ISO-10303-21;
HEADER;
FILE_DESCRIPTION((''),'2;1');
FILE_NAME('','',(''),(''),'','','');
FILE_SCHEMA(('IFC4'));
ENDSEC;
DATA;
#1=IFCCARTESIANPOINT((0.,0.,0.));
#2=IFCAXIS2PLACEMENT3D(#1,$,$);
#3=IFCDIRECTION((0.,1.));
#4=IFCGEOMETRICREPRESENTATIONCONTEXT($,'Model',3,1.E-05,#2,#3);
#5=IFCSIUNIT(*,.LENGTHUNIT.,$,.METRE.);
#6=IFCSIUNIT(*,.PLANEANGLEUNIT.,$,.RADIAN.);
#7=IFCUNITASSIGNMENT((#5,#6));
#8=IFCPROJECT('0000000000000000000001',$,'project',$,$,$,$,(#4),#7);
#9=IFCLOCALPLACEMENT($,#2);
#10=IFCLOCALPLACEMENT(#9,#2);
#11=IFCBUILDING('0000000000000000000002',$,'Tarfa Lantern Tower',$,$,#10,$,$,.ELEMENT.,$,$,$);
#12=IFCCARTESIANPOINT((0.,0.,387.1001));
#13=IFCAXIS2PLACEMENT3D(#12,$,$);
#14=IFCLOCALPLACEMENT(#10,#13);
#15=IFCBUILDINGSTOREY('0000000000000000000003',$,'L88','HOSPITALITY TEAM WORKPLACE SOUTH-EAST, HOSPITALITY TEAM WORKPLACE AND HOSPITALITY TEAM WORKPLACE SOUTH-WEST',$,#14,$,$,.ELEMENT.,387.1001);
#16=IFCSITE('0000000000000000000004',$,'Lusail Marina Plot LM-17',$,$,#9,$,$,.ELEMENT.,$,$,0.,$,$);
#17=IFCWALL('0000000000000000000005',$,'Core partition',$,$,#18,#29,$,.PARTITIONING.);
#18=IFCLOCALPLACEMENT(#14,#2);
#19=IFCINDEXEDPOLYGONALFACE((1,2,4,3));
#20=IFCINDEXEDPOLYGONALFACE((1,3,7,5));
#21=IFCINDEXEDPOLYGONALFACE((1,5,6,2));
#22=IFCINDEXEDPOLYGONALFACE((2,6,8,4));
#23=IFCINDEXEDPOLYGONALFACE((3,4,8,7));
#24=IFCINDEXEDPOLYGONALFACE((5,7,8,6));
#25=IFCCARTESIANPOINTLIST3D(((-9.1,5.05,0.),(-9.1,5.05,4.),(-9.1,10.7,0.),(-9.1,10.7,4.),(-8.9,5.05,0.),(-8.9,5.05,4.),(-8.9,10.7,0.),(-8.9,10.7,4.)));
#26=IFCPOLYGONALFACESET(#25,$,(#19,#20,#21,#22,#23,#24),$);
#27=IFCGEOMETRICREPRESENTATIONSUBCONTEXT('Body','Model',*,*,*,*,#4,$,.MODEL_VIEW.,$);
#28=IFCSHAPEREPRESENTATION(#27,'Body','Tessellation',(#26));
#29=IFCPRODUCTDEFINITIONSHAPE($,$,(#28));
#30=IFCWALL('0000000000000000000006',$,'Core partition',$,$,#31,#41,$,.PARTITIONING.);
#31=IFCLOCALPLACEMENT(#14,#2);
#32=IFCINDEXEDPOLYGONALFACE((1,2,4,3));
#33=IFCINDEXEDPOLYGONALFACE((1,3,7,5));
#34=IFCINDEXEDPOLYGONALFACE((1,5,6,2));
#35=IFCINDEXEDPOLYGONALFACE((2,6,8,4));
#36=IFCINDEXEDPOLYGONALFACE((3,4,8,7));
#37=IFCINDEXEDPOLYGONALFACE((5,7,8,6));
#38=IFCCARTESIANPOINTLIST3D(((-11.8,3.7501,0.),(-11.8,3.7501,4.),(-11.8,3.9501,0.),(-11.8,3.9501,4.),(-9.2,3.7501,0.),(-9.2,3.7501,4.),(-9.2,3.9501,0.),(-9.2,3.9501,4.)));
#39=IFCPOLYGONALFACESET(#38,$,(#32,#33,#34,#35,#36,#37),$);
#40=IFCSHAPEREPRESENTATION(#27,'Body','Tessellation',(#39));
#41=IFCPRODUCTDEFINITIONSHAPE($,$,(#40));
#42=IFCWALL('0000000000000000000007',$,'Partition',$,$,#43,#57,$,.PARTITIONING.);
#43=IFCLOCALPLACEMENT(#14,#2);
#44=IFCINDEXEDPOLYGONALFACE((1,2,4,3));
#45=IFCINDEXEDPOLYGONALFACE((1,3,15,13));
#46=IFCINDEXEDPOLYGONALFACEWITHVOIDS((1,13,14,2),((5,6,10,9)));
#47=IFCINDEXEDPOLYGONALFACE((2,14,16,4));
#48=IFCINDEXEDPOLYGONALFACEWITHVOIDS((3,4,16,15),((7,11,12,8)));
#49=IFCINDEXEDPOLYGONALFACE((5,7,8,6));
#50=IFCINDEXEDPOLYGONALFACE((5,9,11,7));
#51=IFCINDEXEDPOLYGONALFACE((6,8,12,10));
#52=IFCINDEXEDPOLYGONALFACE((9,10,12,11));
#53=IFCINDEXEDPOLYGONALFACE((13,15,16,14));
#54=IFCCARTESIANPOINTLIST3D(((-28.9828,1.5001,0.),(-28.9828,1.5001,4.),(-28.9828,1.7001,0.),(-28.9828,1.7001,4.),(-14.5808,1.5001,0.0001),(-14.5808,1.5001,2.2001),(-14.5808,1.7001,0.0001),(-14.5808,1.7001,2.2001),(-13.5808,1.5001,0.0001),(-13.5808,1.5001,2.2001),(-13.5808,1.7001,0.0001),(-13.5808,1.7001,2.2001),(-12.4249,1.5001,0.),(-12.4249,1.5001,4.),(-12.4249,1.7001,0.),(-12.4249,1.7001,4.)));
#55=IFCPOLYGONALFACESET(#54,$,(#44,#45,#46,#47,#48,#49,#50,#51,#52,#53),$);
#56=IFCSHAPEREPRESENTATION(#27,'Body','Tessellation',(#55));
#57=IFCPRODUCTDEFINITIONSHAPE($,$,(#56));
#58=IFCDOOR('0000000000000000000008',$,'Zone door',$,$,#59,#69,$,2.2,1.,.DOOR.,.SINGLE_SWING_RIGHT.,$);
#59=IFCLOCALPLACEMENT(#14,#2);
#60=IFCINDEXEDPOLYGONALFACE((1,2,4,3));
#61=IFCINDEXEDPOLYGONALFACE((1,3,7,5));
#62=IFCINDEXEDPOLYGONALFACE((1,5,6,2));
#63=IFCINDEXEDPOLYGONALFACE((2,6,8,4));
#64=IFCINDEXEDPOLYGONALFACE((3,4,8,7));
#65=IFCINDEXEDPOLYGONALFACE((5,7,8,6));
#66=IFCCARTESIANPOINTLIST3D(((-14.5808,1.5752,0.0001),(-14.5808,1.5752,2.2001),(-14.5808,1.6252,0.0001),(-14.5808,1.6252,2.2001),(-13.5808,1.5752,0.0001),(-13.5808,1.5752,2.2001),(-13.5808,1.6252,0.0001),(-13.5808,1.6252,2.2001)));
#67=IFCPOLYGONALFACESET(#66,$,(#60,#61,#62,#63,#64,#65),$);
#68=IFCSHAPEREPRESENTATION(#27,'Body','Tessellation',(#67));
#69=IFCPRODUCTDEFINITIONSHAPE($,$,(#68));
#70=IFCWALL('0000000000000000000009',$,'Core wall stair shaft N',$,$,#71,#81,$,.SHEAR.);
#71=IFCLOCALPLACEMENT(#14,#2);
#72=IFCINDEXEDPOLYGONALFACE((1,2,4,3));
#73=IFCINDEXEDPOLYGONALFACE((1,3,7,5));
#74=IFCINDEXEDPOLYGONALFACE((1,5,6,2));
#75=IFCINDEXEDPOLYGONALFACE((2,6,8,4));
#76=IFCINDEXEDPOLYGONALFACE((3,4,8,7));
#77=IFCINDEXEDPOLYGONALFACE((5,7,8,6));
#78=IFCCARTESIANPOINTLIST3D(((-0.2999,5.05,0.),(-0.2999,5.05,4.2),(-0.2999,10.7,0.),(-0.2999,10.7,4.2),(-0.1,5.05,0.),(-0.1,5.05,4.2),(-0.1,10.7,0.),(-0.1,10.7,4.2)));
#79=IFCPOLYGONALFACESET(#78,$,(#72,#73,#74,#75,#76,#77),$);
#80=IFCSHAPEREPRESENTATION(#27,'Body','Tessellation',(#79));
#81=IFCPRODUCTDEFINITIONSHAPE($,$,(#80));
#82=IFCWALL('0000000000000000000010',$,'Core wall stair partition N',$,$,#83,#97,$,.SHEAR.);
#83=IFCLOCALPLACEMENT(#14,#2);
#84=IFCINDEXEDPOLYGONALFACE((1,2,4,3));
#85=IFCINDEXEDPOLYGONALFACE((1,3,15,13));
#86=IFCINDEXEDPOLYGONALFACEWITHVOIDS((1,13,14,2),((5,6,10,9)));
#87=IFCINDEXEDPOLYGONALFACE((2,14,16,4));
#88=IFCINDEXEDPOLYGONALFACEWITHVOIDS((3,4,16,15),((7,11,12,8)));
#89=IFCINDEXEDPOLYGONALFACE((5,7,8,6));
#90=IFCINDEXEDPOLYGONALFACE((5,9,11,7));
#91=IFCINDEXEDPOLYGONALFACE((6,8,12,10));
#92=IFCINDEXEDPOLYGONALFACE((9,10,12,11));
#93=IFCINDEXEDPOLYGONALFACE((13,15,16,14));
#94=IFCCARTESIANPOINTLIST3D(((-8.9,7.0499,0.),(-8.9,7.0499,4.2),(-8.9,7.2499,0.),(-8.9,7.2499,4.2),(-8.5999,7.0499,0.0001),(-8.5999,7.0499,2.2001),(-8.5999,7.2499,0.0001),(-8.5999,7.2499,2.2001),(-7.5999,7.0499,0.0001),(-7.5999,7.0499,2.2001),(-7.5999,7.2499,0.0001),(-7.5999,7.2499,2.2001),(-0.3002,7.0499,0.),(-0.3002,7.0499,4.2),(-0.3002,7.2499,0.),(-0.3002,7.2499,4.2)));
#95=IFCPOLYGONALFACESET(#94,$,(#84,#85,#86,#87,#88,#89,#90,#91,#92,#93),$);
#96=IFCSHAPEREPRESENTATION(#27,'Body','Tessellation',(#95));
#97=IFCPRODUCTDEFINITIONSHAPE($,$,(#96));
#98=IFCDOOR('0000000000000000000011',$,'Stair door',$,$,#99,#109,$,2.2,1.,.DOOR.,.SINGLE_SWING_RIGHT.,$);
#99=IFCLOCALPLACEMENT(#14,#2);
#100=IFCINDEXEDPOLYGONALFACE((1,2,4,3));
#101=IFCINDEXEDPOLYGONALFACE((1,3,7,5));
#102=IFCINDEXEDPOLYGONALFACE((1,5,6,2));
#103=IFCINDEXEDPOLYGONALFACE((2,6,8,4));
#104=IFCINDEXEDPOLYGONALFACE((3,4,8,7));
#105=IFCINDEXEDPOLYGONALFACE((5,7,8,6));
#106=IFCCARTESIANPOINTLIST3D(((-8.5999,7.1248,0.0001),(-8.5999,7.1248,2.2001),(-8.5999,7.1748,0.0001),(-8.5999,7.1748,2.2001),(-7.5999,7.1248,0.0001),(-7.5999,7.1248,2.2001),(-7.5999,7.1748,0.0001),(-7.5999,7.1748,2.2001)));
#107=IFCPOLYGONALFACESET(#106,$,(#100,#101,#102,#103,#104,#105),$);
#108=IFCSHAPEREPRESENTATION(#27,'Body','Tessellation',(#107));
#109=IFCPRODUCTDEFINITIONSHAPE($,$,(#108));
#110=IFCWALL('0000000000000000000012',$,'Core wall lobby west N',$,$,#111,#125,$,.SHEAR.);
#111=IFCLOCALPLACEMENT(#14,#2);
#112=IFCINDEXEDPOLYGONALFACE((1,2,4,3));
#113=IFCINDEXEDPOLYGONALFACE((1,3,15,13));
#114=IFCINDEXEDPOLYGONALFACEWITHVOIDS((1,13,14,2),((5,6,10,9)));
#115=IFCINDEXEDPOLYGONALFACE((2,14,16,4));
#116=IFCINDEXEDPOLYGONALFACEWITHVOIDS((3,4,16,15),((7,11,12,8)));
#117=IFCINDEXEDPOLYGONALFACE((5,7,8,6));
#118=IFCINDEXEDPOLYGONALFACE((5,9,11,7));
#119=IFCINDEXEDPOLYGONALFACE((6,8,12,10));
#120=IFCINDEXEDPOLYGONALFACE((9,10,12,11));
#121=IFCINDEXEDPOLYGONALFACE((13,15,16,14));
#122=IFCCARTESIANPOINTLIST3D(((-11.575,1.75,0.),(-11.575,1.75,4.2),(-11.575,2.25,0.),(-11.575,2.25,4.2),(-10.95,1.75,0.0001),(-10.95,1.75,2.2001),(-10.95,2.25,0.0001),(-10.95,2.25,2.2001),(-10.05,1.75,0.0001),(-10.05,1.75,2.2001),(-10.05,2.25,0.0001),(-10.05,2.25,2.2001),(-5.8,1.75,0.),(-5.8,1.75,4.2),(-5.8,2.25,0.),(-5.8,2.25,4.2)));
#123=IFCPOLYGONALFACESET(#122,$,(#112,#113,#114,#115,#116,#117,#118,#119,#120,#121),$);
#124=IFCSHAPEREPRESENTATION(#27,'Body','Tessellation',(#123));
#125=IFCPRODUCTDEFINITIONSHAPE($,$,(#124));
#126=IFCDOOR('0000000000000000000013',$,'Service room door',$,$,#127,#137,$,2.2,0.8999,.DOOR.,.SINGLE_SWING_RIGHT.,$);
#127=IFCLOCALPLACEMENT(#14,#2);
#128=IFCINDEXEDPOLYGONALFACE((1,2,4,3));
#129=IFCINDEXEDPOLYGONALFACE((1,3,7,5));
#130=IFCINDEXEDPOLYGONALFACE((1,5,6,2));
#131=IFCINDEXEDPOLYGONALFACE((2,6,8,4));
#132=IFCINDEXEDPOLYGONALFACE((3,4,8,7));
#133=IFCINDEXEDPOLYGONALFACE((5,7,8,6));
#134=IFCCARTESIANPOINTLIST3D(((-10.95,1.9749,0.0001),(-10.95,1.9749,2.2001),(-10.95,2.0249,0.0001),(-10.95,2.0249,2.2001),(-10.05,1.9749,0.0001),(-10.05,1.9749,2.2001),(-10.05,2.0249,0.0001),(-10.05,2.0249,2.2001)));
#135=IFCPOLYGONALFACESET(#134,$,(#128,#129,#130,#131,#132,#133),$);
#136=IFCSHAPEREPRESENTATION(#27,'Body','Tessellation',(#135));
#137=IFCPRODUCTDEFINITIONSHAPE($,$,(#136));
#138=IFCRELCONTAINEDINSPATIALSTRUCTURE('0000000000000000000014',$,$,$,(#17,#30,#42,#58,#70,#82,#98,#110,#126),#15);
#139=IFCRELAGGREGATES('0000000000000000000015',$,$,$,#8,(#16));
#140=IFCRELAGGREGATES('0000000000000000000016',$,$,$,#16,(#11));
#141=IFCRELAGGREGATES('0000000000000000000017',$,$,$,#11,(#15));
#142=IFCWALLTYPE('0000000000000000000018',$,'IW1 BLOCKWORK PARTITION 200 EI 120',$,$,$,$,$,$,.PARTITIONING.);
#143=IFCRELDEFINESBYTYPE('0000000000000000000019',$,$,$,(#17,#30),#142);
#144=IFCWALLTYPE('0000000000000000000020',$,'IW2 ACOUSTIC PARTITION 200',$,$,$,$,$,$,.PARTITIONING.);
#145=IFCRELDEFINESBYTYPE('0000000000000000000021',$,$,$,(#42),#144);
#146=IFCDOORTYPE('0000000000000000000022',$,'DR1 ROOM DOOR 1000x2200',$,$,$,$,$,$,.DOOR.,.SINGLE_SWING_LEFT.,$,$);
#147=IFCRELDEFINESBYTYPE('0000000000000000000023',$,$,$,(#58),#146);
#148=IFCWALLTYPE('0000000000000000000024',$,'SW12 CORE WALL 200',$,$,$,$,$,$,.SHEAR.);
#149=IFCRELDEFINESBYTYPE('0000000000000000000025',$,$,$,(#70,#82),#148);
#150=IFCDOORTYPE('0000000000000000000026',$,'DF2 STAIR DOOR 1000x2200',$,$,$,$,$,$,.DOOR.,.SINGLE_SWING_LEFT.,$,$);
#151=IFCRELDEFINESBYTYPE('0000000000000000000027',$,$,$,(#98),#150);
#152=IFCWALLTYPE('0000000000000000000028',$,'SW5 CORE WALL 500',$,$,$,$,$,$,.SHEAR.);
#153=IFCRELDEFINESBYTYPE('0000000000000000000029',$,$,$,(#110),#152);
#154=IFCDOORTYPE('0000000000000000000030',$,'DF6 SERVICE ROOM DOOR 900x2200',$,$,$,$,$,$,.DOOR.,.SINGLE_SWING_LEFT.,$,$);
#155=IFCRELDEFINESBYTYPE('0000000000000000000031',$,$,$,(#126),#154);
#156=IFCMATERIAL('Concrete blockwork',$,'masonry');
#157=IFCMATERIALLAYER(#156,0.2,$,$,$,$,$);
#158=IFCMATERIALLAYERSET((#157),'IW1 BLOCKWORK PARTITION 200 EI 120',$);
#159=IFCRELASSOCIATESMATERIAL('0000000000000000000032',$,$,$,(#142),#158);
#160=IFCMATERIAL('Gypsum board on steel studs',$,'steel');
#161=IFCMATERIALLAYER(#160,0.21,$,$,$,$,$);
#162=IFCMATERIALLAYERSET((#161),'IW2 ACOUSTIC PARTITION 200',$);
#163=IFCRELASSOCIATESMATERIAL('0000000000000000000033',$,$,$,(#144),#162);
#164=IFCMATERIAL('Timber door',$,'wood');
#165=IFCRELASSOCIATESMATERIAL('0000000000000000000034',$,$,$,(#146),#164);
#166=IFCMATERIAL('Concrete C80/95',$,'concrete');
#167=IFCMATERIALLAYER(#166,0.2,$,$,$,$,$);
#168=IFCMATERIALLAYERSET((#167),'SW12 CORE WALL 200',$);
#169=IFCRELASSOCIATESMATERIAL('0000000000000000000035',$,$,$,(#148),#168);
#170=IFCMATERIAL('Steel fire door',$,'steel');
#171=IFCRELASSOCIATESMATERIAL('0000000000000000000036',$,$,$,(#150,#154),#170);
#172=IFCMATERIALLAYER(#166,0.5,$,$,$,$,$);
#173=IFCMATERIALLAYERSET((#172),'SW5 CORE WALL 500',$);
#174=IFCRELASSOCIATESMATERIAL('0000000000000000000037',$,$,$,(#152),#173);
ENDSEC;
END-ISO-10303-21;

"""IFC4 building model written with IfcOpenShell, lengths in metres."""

from ifc_helpers import new_model, si_unit, direction, frame, frame_2d, origin, place, context, subcontext, project, spatial, rectangle, extrude, material, layer, layer_set, type_object, element, fill, save


model = new_model("IFC4")

# Units and contexts
model_context = context("Model", 3, precision=1e-05, world=origin(), true_north=direction((0.0, 1.0)))
body_context = subcontext(model_context, "Body", "Model", "MODEL_VIEW")
ifc_project = project(units=[si_unit("LENGTHUNIT", "METRE"), si_unit("PLANEANGLEUNIT", "RADIAN")], contexts=[model_context])

# Site, building, storey
site_placement = place(None, origin())
site = spatial("IfcSite", under=ifc_project, at=site_placement, Name="Lusail Marina Plot LM-17", CompositionType="ELEMENT", RefElevation=0.0)
building_placement = place(site_placement, origin())
building = spatial("IfcBuilding", under=site, at=building_placement, Name="Tarfa Lantern Tower", CompositionType="ELEMENT")
storey_placement = place(building_placement, frame((0.0, 0.0, 387.1001)))
storey = spatial("IfcBuildingStorey", under=building, at=storey_placement, Name="L88", Description="HOSPITALITY TEAM WORKPLACE SOUTH-EAST, HOSPITALITY TEAM WORKPLACE AND HOSPITALITY TEAM WORKPLACE SOUTH-WEST", CompositionType="ELEMENT", Elevation=387.1001)

# Walls
ifc_material_1 = material(Name="Concrete blockwork", Category="masonry")
ifc_layer_1 = layer(ifc_material_1, 0.2)
ifc_layer_set_1 = layer_set([ifc_layer_1], Name="IW1 BLOCKWORK PARTITION 200 EI 120")
wall_type_1 = type_object("IfcWallType", Name="IW1 BLOCKWORK PARTITION 200 EI 120", PredefinedType="PARTITIONING", material=ifc_layer_set_1)
wall_1_placement = place(storey_placement, frame((-9.0, 5.05, 0.0), z_axis=(0.0, 0.0, 1.0), x_axis=(0.0, 1.0, 0.0)))
element("IfcWall", 1, at=wall_1_placement, inside=storey, type_object=wall_type_1, Name="Core partition", PredefinedType="PARTITIONING", context=body_context, shape_type="SweptSolid", body=[
    extrude(rectangle(XDim=5.6499, YDim=0.2, at=frame_2d((2.825, 0.0))), origin(), (0.0, 0.0, 1.0), 4.0),
])
wall_2_placement = place(storey_placement, frame((-11.8, 3.8501, 0.0), z_axis=(0.0, 0.0, 1.0), x_axis=(1.0, 0.0, 0.0)))
element("IfcWall", 2, at=wall_2_placement, inside=storey, type_object=wall_type_1, Name="Core partition", PredefinedType="PARTITIONING", context=body_context, shape_type="SweptSolid", body=[
    extrude(rectangle(XDim=2.6001, YDim=0.2, at=frame_2d((1.3, 0.0))), origin(), (0.0, 0.0, 1.0), 4.0),
])

# Wall, opening, door
ifc_material_2 = material(Name="Gypsum board on steel studs", Category="steel")
ifc_layer_2 = layer(ifc_material_2, 0.21)
ifc_layer_set_2 = layer_set([ifc_layer_2], Name="IW2 ACOUSTIC PARTITION 200")
wall_type_2 = type_object("IfcWallType", Name="IW2 ACOUSTIC PARTITION 200", PredefinedType="PARTITIONING", material=ifc_layer_set_2)
wall_3_placement = place(storey_placement, frame((-12.425, 1.6001, 0.0), z_axis=(0.0, 0.0, 1.0), x_axis=(-1.0, 0.0, 0.0)))
wall_3 = element("IfcWall", 3, at=wall_3_placement, inside=storey, type_object=wall_type_2, Name="Partition", PredefinedType="PARTITIONING", context=body_context, shape_type="SweptSolid", body=[
    extrude(rectangle(XDim=16.5579, YDim=0.2, at=frame_2d((8.2788, 0.0))), origin(), (0.0, 0.0, 1.0), 4.0),
])
opening_1_placement = place(wall_3_placement, frame((1.1558, 0.0, 0.0)))
opening_1 = element("IfcOpeningElement", 4, at=opening_1_placement, cuts=wall_3, PredefinedType="OPENING", context=body_context, shape_type="SweptSolid", body=[
    extrude(rectangle(XDim=1.0, YDim=2.2, at=frame_2d((0.5, 1.1001))), frame((0.0, 0.1099, 0.0), z_axis=(0.0, -1.0, 0.0), x_axis=(1.0, 0.0, 0.0)), (0.0, 0.0, 1.0), 0.22),
])
ifc_material_3 = material(Name="Timber door", Category="wood")
door_type_1 = type_object("IfcDoorType", Name="DR1 ROOM DOOR 1000x2200", OperationType="SINGLE_SWING_LEFT", PredefinedType="DOOR", material=ifc_material_3)
door_1_placement = place(opening_1_placement, origin())
door_1 = element("IfcDoor", 5, at=door_1_placement, inside=storey, type_object=door_type_1, Name="Zone door", OperationType="SINGLE_SWING_RIGHT", OverallHeight=2.2, OverallWidth=1.0, PredefinedType="DOOR", context=body_context, shape_type="SweptSolid", body=[
    extrude(rectangle(XDim=1.0, YDim=2.2, at=frame_2d((0.5, 1.1001))), frame((0.0, 0.0249, 0.0), z_axis=(0.0, -1.0, 0.0), x_axis=(1.0, 0.0, 0.0)), (0.0, 0.0, 1.0), 0.05),
])
fill(opening_1, door_1)

# Wall
ifc_material_4 = material(Name="Concrete C80/95", Category="concrete")
ifc_layer_3 = layer(ifc_material_4, 0.2)
ifc_layer_set_3 = layer_set([ifc_layer_3], Name="SW12 CORE WALL 200")
wall_type_3 = type_object("IfcWallType", Name="SW12 CORE WALL 200", PredefinedType="SHEAR", material=ifc_layer_set_3)
wall_4_placement = place(storey_placement, frame((-0.2, 5.05, 0.0), z_axis=(0.0, 0.0, 1.0), x_axis=(0.0, 1.0, 0.0)))
element("IfcWall", 6, at=wall_4_placement, inside=storey, type_object=wall_type_3, Name="Core wall stair shaft N", PredefinedType="SHEAR", context=body_context, shape_type="SweptSolid", body=[
    extrude(rectangle(XDim=5.6499, YDim=0.2, at=frame_2d((2.825, 0.0))), origin(), (0.0, 0.0, 1.0), 4.2),
])

# Walls, openings, doors
wall_5_placement = place(storey_placement, frame((-8.8999, 7.1499, 0.0), z_axis=(0.0, 0.0, 1.0), x_axis=(1.0, 0.0, 0.0)))
wall_5 = element("IfcWall", 7, at=wall_5_placement, inside=storey, type_object=wall_type_3, Name="Core wall stair partition N", PredefinedType="SHEAR", context=body_context, shape_type="SweptSolid", body=[
    extrude(rectangle(XDim=8.5999, YDim=0.2, at=frame_2d((4.2998, 0.0))), origin(), (0.0, 0.0, 1.0), 4.2),
])
opening_2_placement = place(wall_5_placement, frame((0.3, 0.0, 0.0)))
opening_2 = element("IfcOpeningElement", 8, at=opening_2_placement, cuts=wall_5, PredefinedType="OPENING", context=body_context, shape_type="SweptSolid", body=[
    extrude(rectangle(XDim=1.0, YDim=2.2, at=frame_2d((0.5, 1.1001))), frame((0.0, 0.1099, 0.0), z_axis=(0.0, -1.0, 0.0), x_axis=(1.0, 0.0, 0.0)), (0.0, 0.0, 1.0), 0.22),
])
ifc_material_5 = material(Name="Steel fire door", Category="steel")
door_type_2 = type_object("IfcDoorType", Name="DF2 STAIR DOOR 1000x2200", OperationType="SINGLE_SWING_LEFT", PredefinedType="DOOR", material=ifc_material_5)
door_2_placement = place(opening_2_placement, origin())
door_2 = element("IfcDoor", 9, at=door_2_placement, inside=storey, type_object=door_type_2, Name="Stair door", OperationType="SINGLE_SWING_RIGHT", OverallHeight=2.2, OverallWidth=1.0, PredefinedType="DOOR", context=body_context, shape_type="SweptSolid", body=[
    extrude(rectangle(XDim=1.0, YDim=2.2, at=frame_2d((0.5, 1.1001))), frame((0.0, 0.0249, 0.0), z_axis=(0.0, -1.0, 0.0), x_axis=(1.0, 0.0, 0.0)), (0.0, 0.0, 1.0), 0.05),
])
fill(opening_2, door_2)
ifc_layer_4 = layer(ifc_material_4, 0.5)
ifc_layer_set_4 = layer_set([ifc_layer_4], Name="SW5 CORE WALL 500")
wall_type_4 = type_object("IfcWallType", Name="SW5 CORE WALL 500", PredefinedType="SHEAR", material=ifc_layer_set_4)
wall_6_placement = place(storey_placement, frame((-11.575, 2.0, 0.0), z_axis=(0.0, 0.0, 1.0), x_axis=(1.0, 0.0, 0.0)))
wall_6 = element("IfcWall", 10, at=wall_6_placement, inside=storey, type_object=wall_type_4, Name="Core wall lobby west N", PredefinedType="SHEAR", context=body_context, shape_type="SweptSolid", body=[
    extrude(rectangle(XDim=5.7749, YDim=0.5, at=frame_2d((2.8875, 0.0))), origin(), (0.0, 0.0, 1.0), 4.2),
])
opening_3_placement = place(wall_6_placement, frame((0.625, 0.0, 0.0)))
opening_3 = element("IfcOpeningElement", 11, at=opening_3_placement, cuts=wall_6, PredefinedType="OPENING", context=body_context, shape_type="SweptSolid", body=[
    extrude(rectangle(XDim=0.8999, YDim=2.2, at=frame_2d((0.45, 1.1001))), frame((0.0, 0.26, 0.0), z_axis=(0.0, -1.0, 0.0), x_axis=(1.0, 0.0, 0.0)), (0.0, 0.0, 1.0), 0.52),
])
door_type_3 = type_object("IfcDoorType", Name="DF6 SERVICE ROOM DOOR 900x2200", OperationType="SINGLE_SWING_LEFT", PredefinedType="DOOR", material=ifc_material_5)
door_3_placement = place(opening_3_placement, origin())
door_3 = element("IfcDoor", 12, at=door_3_placement, inside=storey, type_object=door_type_3, Name="Service room door", OperationType="SINGLE_SWING_RIGHT", OverallHeight=2.2, OverallWidth=0.8999, PredefinedType="DOOR", context=body_context, shape_type="SweptSolid", body=[
    extrude(rectangle(XDim=0.8999, YDim=2.2, at=frame_2d((0.45, 1.1001))), frame((0.0, 0.0249, 0.0), z_axis=(0.0, -1.0, 0.0), x_axis=(1.0, 0.0, 0.0)), (0.0, 0.0, 1.0), 0.05),
])
fill(opening_3, door_3)

save(model, "model.ifc")
